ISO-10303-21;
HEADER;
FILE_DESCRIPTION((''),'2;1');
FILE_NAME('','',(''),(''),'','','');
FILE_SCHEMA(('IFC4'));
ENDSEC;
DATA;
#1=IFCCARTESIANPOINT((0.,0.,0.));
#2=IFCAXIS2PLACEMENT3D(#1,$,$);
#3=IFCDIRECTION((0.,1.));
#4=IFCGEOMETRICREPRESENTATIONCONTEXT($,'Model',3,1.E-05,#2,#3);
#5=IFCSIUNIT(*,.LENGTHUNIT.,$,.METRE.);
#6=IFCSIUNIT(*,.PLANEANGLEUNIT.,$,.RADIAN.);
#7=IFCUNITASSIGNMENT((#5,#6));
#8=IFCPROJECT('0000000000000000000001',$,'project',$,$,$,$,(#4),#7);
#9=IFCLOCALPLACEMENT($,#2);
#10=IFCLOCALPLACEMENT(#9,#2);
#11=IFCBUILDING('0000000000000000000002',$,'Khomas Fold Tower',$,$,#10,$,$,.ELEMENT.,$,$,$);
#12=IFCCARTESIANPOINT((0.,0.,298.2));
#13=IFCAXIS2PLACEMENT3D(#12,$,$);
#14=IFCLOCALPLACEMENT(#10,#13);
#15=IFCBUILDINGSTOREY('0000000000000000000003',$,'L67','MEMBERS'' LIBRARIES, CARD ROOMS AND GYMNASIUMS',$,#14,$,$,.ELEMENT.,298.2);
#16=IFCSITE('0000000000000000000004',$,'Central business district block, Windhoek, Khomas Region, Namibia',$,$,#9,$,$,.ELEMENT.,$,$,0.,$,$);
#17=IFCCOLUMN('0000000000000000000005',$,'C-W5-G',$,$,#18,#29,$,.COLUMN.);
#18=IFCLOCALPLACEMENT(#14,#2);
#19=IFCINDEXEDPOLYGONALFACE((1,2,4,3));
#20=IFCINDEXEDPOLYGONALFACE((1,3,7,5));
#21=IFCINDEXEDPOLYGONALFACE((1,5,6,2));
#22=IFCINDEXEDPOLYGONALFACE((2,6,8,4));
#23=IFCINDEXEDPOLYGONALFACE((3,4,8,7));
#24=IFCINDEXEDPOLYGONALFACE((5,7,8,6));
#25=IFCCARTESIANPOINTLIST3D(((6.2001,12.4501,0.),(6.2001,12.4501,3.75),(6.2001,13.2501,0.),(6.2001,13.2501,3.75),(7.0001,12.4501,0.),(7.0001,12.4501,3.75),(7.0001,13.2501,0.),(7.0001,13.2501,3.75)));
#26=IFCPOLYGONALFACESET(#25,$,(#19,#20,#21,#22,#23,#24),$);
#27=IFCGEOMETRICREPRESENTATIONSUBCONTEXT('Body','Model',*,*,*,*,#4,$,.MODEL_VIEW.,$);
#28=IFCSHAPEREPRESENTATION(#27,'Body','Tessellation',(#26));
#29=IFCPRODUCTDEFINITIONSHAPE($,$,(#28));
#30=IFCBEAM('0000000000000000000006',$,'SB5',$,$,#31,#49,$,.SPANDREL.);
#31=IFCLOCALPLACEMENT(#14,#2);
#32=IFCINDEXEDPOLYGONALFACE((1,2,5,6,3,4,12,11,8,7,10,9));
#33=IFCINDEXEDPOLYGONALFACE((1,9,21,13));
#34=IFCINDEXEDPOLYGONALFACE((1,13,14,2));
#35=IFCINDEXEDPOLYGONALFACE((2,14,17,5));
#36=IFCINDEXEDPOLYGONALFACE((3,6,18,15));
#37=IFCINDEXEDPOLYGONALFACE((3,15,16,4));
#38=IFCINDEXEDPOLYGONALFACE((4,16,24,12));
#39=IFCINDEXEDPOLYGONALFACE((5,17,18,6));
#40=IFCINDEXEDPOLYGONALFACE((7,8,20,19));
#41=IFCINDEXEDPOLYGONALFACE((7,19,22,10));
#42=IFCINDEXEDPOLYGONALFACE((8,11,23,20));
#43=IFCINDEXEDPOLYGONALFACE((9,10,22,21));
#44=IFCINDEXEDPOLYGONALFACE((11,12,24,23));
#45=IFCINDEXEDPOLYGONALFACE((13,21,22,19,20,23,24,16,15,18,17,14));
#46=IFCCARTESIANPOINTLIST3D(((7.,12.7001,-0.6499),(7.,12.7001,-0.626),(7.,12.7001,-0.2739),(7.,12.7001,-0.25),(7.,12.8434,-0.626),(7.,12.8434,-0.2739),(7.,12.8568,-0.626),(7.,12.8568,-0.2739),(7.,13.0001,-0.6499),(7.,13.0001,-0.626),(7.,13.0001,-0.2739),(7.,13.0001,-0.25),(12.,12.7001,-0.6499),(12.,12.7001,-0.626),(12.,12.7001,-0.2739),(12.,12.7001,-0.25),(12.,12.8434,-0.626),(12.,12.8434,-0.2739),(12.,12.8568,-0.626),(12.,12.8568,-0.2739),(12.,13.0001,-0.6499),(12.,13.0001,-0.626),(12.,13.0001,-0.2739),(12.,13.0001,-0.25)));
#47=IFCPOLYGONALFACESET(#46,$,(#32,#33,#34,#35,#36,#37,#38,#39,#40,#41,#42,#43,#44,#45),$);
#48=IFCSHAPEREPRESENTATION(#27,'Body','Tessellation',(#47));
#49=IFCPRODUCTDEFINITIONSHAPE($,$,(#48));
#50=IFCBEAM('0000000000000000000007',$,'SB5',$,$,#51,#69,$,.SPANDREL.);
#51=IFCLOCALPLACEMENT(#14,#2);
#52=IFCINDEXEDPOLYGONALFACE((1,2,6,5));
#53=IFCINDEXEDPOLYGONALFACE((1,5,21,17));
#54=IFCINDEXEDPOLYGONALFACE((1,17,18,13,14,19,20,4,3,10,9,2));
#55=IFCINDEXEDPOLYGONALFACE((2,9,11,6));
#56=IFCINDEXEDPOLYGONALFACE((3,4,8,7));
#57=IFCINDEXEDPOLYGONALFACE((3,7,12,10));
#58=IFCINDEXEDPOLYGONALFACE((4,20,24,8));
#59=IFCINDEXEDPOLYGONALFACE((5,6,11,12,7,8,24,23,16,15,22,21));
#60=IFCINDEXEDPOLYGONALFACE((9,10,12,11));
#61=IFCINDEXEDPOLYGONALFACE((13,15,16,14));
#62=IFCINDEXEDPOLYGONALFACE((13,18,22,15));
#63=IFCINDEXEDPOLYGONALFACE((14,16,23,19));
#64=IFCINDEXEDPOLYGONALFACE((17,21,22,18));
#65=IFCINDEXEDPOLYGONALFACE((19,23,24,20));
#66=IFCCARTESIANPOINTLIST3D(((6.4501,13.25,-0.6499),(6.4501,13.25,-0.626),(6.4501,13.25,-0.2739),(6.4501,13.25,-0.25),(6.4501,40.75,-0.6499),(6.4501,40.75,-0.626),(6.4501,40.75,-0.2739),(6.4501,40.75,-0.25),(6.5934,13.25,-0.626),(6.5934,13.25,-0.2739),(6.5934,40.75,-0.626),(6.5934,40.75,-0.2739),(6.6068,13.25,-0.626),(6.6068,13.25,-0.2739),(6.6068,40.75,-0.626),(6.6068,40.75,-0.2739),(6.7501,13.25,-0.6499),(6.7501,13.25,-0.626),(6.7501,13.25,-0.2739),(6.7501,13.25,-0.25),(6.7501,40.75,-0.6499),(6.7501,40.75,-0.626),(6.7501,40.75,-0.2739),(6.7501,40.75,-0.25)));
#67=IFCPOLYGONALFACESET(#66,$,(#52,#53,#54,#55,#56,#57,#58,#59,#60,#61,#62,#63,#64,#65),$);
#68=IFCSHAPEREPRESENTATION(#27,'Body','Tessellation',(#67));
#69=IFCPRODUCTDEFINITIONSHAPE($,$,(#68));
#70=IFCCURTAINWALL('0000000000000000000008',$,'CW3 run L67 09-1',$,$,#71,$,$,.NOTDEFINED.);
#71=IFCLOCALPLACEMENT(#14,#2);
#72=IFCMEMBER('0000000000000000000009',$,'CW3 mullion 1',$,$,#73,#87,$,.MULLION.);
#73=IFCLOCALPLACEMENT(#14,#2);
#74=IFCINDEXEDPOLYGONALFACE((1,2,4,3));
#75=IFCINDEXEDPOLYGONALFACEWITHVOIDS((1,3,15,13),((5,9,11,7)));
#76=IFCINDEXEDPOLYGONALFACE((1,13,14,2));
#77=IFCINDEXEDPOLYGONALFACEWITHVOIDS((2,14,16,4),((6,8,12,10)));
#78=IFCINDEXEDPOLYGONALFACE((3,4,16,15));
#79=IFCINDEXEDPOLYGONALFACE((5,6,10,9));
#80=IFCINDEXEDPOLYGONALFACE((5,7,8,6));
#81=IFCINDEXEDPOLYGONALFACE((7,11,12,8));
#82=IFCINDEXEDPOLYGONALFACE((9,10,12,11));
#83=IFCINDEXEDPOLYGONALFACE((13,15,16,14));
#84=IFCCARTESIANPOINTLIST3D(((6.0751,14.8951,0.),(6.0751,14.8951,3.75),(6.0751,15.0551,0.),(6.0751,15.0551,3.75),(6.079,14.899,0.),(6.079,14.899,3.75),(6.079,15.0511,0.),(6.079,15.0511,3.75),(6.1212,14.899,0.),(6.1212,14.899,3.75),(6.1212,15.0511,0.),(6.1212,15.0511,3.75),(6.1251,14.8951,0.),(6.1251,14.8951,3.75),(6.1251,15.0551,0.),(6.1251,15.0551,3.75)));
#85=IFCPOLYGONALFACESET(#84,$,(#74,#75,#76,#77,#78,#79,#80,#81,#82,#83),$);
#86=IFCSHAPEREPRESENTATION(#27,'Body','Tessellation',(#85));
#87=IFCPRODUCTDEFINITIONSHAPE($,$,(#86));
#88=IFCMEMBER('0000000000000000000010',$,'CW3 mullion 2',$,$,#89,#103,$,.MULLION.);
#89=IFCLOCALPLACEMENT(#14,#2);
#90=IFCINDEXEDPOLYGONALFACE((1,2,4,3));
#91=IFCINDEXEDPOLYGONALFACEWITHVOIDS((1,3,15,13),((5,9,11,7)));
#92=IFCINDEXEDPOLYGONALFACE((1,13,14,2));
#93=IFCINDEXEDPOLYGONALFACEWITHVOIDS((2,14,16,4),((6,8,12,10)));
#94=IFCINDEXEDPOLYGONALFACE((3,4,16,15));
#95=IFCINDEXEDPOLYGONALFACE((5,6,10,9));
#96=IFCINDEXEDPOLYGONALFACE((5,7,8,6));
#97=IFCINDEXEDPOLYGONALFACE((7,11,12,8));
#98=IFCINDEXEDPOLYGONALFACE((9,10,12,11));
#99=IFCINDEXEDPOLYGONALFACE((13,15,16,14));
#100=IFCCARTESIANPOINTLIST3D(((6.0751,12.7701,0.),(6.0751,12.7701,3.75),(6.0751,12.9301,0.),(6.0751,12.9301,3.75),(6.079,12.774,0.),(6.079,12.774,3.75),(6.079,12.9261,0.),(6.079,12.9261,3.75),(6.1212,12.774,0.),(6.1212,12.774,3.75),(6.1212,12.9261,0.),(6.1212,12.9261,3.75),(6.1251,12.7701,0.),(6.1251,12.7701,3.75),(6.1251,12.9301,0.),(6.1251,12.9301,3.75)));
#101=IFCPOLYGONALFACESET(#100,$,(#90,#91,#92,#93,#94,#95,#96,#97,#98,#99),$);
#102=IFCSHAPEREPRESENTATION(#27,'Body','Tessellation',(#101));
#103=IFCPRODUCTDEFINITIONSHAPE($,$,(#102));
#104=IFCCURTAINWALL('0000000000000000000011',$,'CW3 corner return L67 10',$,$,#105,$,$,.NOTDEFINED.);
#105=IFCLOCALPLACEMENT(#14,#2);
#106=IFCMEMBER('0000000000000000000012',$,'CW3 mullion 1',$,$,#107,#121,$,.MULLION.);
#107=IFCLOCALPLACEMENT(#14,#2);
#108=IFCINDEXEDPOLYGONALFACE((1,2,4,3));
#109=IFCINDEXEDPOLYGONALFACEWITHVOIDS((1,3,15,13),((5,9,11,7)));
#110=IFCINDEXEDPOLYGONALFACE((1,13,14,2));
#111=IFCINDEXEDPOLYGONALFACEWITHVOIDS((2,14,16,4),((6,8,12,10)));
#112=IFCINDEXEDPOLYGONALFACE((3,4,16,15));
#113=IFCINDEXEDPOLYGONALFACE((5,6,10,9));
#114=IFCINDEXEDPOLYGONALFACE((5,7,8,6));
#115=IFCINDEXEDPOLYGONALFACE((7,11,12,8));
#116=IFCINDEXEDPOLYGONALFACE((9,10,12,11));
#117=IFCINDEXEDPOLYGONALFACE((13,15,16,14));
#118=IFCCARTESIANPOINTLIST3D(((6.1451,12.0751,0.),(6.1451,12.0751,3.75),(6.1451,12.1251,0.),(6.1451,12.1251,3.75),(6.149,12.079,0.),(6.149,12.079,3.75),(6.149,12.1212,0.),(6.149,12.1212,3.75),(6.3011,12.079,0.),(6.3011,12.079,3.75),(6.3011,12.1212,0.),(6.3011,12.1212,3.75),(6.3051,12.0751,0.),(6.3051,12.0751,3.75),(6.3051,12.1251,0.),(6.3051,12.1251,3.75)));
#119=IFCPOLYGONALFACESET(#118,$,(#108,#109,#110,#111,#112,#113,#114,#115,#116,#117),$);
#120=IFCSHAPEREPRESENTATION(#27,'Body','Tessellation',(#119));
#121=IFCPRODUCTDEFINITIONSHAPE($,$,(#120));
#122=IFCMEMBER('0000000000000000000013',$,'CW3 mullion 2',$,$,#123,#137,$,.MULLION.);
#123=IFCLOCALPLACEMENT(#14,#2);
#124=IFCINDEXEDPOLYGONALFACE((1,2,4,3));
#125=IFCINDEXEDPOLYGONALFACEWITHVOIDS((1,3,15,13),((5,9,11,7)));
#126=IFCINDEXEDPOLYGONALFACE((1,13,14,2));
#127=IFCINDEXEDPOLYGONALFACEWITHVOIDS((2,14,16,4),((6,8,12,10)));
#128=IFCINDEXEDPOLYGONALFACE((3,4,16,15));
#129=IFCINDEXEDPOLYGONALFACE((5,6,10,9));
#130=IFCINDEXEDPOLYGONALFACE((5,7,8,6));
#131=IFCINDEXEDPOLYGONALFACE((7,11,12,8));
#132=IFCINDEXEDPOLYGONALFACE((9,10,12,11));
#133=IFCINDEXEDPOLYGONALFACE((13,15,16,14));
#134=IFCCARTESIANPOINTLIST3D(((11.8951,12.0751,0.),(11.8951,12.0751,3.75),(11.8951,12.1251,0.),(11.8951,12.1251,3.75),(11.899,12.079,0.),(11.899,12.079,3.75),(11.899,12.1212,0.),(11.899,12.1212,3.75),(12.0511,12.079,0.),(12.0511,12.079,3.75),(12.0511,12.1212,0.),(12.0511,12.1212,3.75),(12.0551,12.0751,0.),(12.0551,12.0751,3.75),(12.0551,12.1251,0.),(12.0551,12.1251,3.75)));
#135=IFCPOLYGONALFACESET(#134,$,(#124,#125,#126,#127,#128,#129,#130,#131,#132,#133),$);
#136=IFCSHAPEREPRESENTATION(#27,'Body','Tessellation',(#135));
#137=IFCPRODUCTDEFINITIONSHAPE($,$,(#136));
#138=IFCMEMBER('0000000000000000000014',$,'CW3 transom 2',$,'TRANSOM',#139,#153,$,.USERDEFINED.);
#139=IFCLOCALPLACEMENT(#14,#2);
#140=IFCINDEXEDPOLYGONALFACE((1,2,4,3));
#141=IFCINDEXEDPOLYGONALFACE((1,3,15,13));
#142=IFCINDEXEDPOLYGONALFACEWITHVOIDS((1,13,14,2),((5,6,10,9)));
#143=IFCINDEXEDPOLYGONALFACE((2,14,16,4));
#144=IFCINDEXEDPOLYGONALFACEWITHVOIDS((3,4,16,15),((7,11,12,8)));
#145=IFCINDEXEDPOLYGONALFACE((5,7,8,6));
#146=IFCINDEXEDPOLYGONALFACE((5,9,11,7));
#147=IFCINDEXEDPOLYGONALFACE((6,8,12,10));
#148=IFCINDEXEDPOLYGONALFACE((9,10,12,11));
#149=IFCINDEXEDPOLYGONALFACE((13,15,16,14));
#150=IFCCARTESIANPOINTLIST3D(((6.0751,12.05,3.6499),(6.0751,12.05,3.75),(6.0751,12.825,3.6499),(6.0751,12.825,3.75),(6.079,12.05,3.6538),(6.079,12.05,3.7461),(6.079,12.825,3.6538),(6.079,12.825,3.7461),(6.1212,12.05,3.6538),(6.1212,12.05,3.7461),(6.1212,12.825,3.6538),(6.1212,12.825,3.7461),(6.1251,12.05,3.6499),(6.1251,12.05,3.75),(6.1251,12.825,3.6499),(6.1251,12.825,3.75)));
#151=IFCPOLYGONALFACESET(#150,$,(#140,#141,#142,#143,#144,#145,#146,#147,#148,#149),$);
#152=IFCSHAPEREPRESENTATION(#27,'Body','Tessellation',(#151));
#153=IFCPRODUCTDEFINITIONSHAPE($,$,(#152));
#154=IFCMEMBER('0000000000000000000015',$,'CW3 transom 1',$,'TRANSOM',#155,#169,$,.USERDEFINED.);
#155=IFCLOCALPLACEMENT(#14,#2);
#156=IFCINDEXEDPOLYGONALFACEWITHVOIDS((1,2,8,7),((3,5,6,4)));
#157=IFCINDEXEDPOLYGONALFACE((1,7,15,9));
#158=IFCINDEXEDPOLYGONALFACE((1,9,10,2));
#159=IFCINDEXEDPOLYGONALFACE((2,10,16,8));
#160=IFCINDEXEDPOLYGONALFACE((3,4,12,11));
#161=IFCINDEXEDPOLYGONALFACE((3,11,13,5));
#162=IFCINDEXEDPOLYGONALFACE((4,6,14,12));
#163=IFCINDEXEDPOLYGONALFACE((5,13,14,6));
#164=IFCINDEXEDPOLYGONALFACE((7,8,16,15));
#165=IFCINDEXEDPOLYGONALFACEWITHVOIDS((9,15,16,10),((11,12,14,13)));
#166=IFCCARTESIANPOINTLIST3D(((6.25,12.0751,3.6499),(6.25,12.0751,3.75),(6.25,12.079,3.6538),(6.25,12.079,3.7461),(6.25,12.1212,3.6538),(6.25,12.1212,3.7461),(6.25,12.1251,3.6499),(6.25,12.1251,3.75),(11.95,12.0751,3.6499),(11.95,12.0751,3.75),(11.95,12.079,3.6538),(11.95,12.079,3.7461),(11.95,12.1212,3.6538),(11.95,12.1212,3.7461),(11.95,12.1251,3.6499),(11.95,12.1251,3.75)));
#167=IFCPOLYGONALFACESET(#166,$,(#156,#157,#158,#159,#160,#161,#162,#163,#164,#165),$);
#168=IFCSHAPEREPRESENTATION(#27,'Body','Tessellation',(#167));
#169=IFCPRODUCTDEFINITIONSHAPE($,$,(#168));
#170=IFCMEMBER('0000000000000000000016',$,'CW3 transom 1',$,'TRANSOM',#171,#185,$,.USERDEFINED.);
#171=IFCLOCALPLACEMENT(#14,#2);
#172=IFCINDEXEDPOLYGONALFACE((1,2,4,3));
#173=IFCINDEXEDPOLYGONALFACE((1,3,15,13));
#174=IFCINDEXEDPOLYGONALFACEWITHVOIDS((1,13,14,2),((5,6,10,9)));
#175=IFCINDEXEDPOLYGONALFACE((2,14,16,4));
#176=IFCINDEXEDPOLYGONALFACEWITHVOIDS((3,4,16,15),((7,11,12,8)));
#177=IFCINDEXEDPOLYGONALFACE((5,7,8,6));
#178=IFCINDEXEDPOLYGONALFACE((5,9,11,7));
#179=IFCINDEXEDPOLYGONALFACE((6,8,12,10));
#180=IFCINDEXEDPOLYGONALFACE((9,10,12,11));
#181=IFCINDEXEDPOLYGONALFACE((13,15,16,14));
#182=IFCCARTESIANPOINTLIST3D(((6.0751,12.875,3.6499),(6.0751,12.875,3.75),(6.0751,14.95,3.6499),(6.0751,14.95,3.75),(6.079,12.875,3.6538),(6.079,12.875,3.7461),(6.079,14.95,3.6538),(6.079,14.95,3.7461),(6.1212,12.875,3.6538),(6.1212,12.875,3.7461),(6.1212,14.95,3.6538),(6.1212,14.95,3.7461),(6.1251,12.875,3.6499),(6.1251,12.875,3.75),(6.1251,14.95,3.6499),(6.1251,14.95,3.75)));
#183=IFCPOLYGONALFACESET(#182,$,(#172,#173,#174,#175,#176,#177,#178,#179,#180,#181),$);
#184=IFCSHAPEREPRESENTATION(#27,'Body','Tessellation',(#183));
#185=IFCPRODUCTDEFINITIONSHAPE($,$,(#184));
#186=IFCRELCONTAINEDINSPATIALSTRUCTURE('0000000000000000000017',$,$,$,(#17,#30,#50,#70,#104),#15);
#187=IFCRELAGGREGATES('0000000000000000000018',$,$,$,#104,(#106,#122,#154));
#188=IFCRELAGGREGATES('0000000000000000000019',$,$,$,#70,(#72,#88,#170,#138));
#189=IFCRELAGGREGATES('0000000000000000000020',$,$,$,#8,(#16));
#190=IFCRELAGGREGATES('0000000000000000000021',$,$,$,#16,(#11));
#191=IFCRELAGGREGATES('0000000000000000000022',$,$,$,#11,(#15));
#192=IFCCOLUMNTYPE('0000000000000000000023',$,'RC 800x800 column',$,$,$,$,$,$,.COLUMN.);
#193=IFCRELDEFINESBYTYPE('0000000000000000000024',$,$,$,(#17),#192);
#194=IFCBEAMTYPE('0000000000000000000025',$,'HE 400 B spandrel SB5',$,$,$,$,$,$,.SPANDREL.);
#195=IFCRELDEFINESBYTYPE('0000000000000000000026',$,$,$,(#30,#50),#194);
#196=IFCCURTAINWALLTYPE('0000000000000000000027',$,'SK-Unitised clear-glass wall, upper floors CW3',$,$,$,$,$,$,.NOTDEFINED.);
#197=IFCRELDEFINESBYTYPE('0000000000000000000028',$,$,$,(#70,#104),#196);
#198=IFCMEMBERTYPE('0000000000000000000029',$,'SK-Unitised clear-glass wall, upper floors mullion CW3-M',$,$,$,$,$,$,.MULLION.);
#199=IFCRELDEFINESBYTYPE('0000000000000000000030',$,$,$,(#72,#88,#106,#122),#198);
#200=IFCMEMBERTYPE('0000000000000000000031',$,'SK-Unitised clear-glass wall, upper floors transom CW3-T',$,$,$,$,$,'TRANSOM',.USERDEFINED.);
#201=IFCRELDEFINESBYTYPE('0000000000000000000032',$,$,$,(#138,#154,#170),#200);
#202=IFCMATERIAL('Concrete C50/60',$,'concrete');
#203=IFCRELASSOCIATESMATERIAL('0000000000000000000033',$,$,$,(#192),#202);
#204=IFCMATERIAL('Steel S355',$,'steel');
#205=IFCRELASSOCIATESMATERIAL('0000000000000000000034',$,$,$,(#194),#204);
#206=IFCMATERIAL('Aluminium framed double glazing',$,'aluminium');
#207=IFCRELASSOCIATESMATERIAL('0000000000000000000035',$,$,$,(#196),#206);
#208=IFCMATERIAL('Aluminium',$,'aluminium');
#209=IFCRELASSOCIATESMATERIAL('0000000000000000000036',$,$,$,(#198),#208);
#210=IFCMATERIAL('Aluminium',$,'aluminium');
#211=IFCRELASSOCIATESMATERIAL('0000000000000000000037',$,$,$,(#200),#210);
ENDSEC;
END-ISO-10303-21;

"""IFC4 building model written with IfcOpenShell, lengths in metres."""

from ifc_helpers import new_model, si_unit, direction, frame, origin, origin_2d, place, context, subcontext, project, spatial, rectangle, hollow_rectangle, i_section, extrude, source, transform, mapped, material, material_profile, profile_set, type_object, element, aggregate, save


model = new_model("IFC4")

# Units and contexts
model_context = context("Model", 3, precision=1e-05, world=origin(), true_north=direction((0.0, 1.0)))
body_context = subcontext(model_context, "Body", "Model", "MODEL_VIEW")
ifc_project = project(units=[si_unit("LENGTHUNIT", "METRE"), si_unit("PLANEANGLEUNIT", "RADIAN")], contexts=[model_context])

# Site, building, storey
site_placement = place(None, origin())
site = spatial("IfcSite", under=ifc_project, at=site_placement, Name="Central business district block, Windhoek, Khomas Region, Namibia", CompositionType="ELEMENT", RefElevation=0.0)
building_placement = place(site_placement, origin())
building = spatial("IfcBuilding", under=site, at=building_placement, Name="Khomas Fold Tower", CompositionType="ELEMENT")
storey_placement = place(building_placement, frame((0.0, 0.0, 298.2)))
storey = spatial("IfcBuildingStorey", under=building, at=storey_placement, Name="L67", Description="MEMBERS' LIBRARIES, CARD ROOMS AND GYMNASIUMS", CompositionType="ELEMENT", Elevation=298.2)

# Column
ifc_material_1 = material(Name="Concrete C50/60", Category="concrete")
ifc_material_profile_1 = material_profile(ifc_material_1, rectangle(XDim=0.8, YDim=0.8, at=origin_2d()), Name="RC 800x800")
ifc_profile_set_1 = profile_set([ifc_material_profile_1], Name="Concrete C50/60")
column_type = type_object("IfcColumnType", Name="RC 800x800 column", PredefinedType="COLUMN", material=ifc_profile_set_1)
shared_shape_1 = source(origin(), body_context, "Body", "SweptSolid", [
    extrude(rectangle(XDim=0.8, YDim=0.8, at=origin_2d()), origin(), (0.0, 0.0, 1.0), 3.75),
])
column_placement = place(storey_placement, frame((6.6001, 12.8501, 0.0), z_axis=(0.0, 0.0, 1.0), x_axis=(1.0, 0.0, 0.0)))
element("IfcColumn", 1, at=column_placement, inside=storey, type_object=column_type, Name="C-W5-G", PredefinedType="COLUMN", context=body_context, shape_type="MappedRepresentation", body=[
    mapped(shared_shape_1, transform((0.0, 0.0, 0.0))),
])

# Beams
ifc_material_2 = material(Name="Steel S355", Category="steel")
ifc_material_profile_2 = material_profile(ifc_material_2, i_section(OverallWidth=0.3, OverallDepth=0.3999, WebThickness=0.0134, FlangeThickness=0.0239, at=origin_2d()), Name="HE 400 B")
ifc_profile_set_2 = profile_set([ifc_material_profile_2], Name="Steel S355")
beam_type = type_object("IfcBeamType", Name="HE 400 B spandrel SB5", PredefinedType="SPANDREL", material=ifc_profile_set_2)
shared_shape_2 = source(origin(), body_context, "Body", "SweptSolid", [
    extrude(i_section(OverallWidth=0.3, OverallDepth=0.3999, WebThickness=0.0134, FlangeThickness=0.0239, at=origin_2d()), origin(), (0.0, 0.0, 1.0), 5.0),
])
beam_1_placement = place(storey_placement, frame((7.0, 12.8501, -0.45), z_axis=(1.0, 0.0, 0.0), x_axis=(0.0, 1.0, 0.0)))
element("IfcBeam", 2, at=beam_1_placement, inside=storey, type_object=beam_type, Name="SB5", PredefinedType="SPANDREL", context=body_context, shape_type="MappedRepresentation", body=[
    mapped(shared_shape_2, transform((0.0, 0.0, 0.0))),
])
shared_shape_3 = source(origin(), body_context, "Body", "SweptSolid", [
    extrude(i_section(OverallWidth=0.3, OverallDepth=0.3999, WebThickness=0.0134, FlangeThickness=0.0239, at=origin_2d()), origin(), (0.0, 0.0, 1.0), 27.5),
])
beam_2_placement = place(storey_placement, frame((6.6001, 13.25, -0.45), z_axis=(0.0, 1.0, 0.0), x_axis=(-1.0, 0.0, 0.0)))
element("IfcBeam", 3, at=beam_2_placement, inside=storey, type_object=beam_type, Name="SB5", PredefinedType="SPANDREL", context=body_context, shape_type="MappedRepresentation", body=[
    mapped(shared_shape_3, transform((0.0, 0.0, 0.0))),
])

# Curtain walls, members
ifc_material_3 = material(Name="Aluminium framed double glazing", Category="aluminium")
curtain_wall_type = type_object("IfcCurtainWallType", Name="SK-Unitised clear-glass wall, upper floors CW3", PredefinedType="NOTDEFINED", material=ifc_material_3)
curtain_wall_1_placement = place(storey_placement, origin())
curtain_wall_1 = element("IfcCurtainWall", 4, at=curtain_wall_1_placement, inside=storey, type_object=curtain_wall_type, Name="CW3 run L67 09-1", PredefinedType="NOTDEFINED")
ifc_material_4 = material(Name="Aluminium", Category="aluminium")
ifc_material_profile_3 = material_profile(ifc_material_4, hollow_rectangle(XDim=0.05, YDim=0.1599, WallThickness=0.0039, at=origin_2d()), Name="SK-Unitised clear-glass wall, upper floors mullion CW3-M")
ifc_profile_set_3 = profile_set([ifc_material_profile_3], Name="Aluminium")
member_type_1 = type_object("IfcMemberType", Name="SK-Unitised clear-glass wall, upper floors mullion CW3-M", PredefinedType="MULLION", material=ifc_profile_set_3)
shared_shape_4 = source(origin(), body_context, "Body", "SweptSolid", [
    extrude(hollow_rectangle(XDim=0.05, YDim=0.1599, WallThickness=0.0039, at=origin_2d()), origin(), (0.0, 0.0, 1.0), 3.75),
])
member_1_placement = place(storey_placement, frame((6.1001, 14.9751, 0.0), z_axis=(0.0, 0.0, 1.0), x_axis=(1.0, 0.0, 0.0)))
member_1 = element("IfcMember", 5, at=member_1_placement, type_object=member_type_1, Name="CW3 mullion 1", PredefinedType="MULLION", context=body_context, shape_type="MappedRepresentation", body=[
    mapped(shared_shape_4, transform((0.0, 0.0, 0.0))),
])
member_2_placement = place(storey_placement, frame((6.1001, 12.8501, 0.0), z_axis=(0.0, 0.0, 1.0), x_axis=(1.0, 0.0, 0.0)))
member_2 = element("IfcMember", 6, at=member_2_placement, type_object=member_type_1, Name="CW3 mullion 2", PredefinedType="MULLION", context=body_context, shape_type="MappedRepresentation", body=[
    mapped(shared_shape_4, transform((0.0, 0.0, 0.0))),
])
curtain_wall_2_placement = place(storey_placement, origin())
curtain_wall_2 = element("IfcCurtainWall", 7, at=curtain_wall_2_placement, inside=storey, type_object=curtain_wall_type, Name="CW3 corner return L67 10", PredefinedType="NOTDEFINED")
member_3_placement = place(storey_placement, frame((6.2251, 12.1001, 0.0), z_axis=(0.0, 0.0, 1.0), x_axis=(0.0, 1.0, 0.0)))
member_3 = element("IfcMember", 8, at=member_3_placement, type_object=member_type_1, Name="CW3 mullion 1", PredefinedType="MULLION", context=body_context, shape_type="MappedRepresentation", body=[
    mapped(shared_shape_4, transform((0.0, 0.0, 0.0))),
])
member_4_placement = place(storey_placement, frame((11.9751, 12.1001, 0.0), z_axis=(0.0, 0.0, 1.0), x_axis=(0.0, 1.0, 0.0)))
member_4 = element("IfcMember", 9, at=member_4_placement, type_object=member_type_1, Name="CW3 mullion 2", PredefinedType="MULLION", context=body_context, shape_type="MappedRepresentation", body=[
    mapped(shared_shape_4, transform((0.0, 0.0, 0.0))),
])

# Members
ifc_material_5 = material(Name="Aluminium", Category="aluminium")
ifc_material_profile_4 = material_profile(ifc_material_5, hollow_rectangle(XDim=0.05, YDim=0.1001, WallThickness=0.0039, at=origin_2d()), Name="SK-Unitised clear-glass wall, upper floors transom CW3-T")
ifc_profile_set_4 = profile_set([ifc_material_profile_4], Name="Aluminium")
member_type_2 = type_object("IfcMemberType", Name="SK-Unitised clear-glass wall, upper floors transom CW3-T", ElementType="TRANSOM", PredefinedType="USERDEFINED", material=ifc_profile_set_4)
shared_shape_5 = source(origin(), body_context, "Body", "SweptSolid", [
    extrude(hollow_rectangle(XDim=0.05, YDim=0.1001, WallThickness=0.0039, at=origin_2d()), origin(), (0.0, 0.0, 1.0), 0.7749),
])
member_5_placement = place(storey_placement, frame((6.1001, 12.825, 3.7), z_axis=(0.0, -1.0, 0.0), x_axis=(1.0, 0.0, 0.0)))
member_5 = element("IfcMember", 10, at=member_5_placement, type_object=member_type_2, Name="CW3 transom 2", ObjectType="TRANSOM", PredefinedType="USERDEFINED", context=body_context, shape_type="MappedRepresentation", body=[
    mapped(shared_shape_5, transform((0.0, 0.0, 0.0))),
])
shared_shape_6 = source(origin(), body_context, "Body", "SweptSolid", [
    extrude(hollow_rectangle(XDim=0.05, YDim=0.1001, WallThickness=0.0039, at=origin_2d()), origin(), (0.0, 0.0, 1.0), 5.7),
])
member_6_placement = place(storey_placement, frame((6.25, 12.1001, 3.7), z_axis=(1.0, 0.0, 0.0), x_axis=(0.0, 1.0, 0.0)))
member_6 = element("IfcMember", 11, at=member_6_placement, type_object=member_type_2, Name="CW3 transom 1", ObjectType="TRANSOM", PredefinedType="USERDEFINED", context=body_context, shape_type="MappedRepresentation", body=[
    mapped(shared_shape_6, transform((0.0, 0.0, 0.0))),
])
shared_shape_7 = source(origin(), body_context, "Body", "SweptSolid", [
    extrude(hollow_rectangle(XDim=0.05, YDim=0.1001, WallThickness=0.0039, at=origin_2d()), origin(), (0.0, 0.0, 1.0), 2.075),
])
member_7_placement = place(storey_placement, frame((6.1001, 14.95, 3.7), z_axis=(0.0, -1.0, 0.0), x_axis=(1.0, 0.0, 0.0)))
member_7 = element("IfcMember", 12, at=member_7_placement, type_object=member_type_2, Name="CW3 transom 1", ObjectType="TRANSOM", PredefinedType="USERDEFINED", context=body_context, shape_type="MappedRepresentation", body=[
    mapped(shared_shape_7, transform((0.0, 0.0, 0.0))),
])

aggregate(curtain_wall_2, [member_3, member_4, member_6])
aggregate(curtain_wall_1, [member_1, member_2, member_7, member_5])

save(model, "model.ifc")
